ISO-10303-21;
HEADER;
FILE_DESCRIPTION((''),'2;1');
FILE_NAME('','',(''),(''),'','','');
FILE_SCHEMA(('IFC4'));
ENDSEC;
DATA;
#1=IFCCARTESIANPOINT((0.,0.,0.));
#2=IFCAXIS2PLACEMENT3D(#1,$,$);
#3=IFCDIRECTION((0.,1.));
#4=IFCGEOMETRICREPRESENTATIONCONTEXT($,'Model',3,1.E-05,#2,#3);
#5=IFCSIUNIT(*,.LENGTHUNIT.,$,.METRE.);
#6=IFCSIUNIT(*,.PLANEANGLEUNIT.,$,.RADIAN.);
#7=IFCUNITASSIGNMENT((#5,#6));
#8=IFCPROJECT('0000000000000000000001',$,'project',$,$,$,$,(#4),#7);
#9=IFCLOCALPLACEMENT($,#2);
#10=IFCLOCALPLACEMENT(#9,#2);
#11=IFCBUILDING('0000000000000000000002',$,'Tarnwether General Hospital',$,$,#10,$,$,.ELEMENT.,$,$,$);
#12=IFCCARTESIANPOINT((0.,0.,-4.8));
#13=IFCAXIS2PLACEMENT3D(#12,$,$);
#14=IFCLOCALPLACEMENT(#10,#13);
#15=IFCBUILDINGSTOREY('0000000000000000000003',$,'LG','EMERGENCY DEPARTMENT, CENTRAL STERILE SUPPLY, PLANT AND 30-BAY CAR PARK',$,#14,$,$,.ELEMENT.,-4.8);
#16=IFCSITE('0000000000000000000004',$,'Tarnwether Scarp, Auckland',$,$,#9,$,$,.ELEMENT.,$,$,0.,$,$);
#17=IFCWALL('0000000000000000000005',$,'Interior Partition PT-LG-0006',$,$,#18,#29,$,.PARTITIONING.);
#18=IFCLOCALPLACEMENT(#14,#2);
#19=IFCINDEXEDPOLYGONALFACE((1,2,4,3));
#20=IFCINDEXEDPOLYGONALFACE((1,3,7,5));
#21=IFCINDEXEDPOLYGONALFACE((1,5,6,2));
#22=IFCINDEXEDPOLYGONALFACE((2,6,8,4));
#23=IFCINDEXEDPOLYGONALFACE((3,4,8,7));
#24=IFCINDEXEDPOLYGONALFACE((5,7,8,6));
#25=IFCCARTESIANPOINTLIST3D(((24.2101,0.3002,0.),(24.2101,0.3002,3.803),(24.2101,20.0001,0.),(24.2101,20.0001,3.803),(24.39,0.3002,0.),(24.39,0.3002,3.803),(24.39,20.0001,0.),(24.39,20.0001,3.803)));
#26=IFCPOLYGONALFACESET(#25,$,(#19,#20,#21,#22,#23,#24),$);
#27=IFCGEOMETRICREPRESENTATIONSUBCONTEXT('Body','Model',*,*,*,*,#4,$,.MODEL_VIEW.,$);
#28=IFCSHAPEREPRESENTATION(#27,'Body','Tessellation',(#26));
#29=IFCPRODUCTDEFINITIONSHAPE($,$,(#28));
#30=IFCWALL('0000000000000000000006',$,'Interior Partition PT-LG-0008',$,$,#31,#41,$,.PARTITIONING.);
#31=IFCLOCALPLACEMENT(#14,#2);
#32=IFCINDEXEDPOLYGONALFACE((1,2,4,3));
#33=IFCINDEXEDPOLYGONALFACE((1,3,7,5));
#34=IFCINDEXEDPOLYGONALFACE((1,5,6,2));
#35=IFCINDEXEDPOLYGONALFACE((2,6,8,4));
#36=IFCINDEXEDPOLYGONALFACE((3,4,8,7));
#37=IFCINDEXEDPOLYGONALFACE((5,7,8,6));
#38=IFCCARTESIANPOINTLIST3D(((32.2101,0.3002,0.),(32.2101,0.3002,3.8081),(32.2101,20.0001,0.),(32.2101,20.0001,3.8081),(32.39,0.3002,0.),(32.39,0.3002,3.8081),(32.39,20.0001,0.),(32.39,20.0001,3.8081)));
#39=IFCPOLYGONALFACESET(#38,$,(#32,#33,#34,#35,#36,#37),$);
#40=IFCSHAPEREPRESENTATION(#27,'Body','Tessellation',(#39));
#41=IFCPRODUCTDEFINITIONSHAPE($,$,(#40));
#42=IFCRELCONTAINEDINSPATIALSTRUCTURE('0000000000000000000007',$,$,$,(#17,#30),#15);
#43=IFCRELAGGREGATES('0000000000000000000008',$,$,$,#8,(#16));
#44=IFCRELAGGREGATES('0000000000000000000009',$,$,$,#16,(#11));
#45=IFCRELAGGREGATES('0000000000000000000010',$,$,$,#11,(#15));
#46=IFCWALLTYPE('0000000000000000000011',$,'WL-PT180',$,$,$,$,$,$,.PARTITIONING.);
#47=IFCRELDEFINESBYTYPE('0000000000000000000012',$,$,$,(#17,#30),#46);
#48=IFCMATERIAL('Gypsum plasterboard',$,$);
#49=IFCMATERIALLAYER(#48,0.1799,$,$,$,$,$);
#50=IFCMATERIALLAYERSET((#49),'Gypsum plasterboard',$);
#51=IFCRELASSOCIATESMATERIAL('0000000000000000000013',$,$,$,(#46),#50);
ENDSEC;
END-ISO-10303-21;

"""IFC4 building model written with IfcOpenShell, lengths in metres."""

from ifc_helpers import new_model, si_unit, direction, frame, frame_2d, origin, place, context, subcontext, project, spatial, rectangle, extrude, material, layer, layer_set, type_object, element, save


model = new_model("IFC4")

# Units and contexts
model_context = context("Model", 3, precision=1e-05, world=origin(), true_north=direction((0.0, 1.0)))
body_context = subcontext(model_context, "Body", "Model", "MODEL_VIEW")
ifc_project = project(units=[si_unit("LENGTHUNIT", "METRE"), si_unit("PLANEANGLEUNIT", "RADIAN")], contexts=[model_context])

# Site, building, storey
site_placement = place(None, origin())
site = spatial("IfcSite", under=ifc_project, at=site_placement, Name="Tarnwether Scarp, Auckland", CompositionType="ELEMENT", RefElevation=0.0)
building_placement = place(site_placement, origin())
building = spatial("IfcBuilding", under=site, at=building_placement, Name="Tarnwether General Hospital", CompositionType="ELEMENT")
storey_placement = place(building_placement, frame((0.0, 0.0, -4.8)))
storey = spatial("IfcBuildingStorey", under=building, at=storey_placement, Name="LG", Description="EMERGENCY DEPARTMENT, CENTRAL STERILE SUPPLY, PLANT AND 30-BAY CAR PARK", CompositionType="ELEMENT", Elevation=-4.8)

# Walls
ifc_material_1 = material(Name="Gypsum plasterboard")
ifc_layer_1 = layer(ifc_material_1, 0.1799)
ifc_layer_set_1 = layer_set([ifc_layer_1], Name="Gypsum plasterboard")
wall_type = type_object("IfcWallType", Name="WL-PT180", PredefinedType="PARTITIONING", material=ifc_layer_set_1)
wall_1_placement = place(storey_placement, frame((24.3, 0.3, 0.0), z_axis=(0.0, 0.0, 1.0), x_axis=(0.0, 1.0, 0.0)))
element("IfcWall", 1, at=wall_1_placement, inside=storey, type_object=wall_type, Name="Interior Partition PT-LG-0006", PredefinedType="PARTITIONING", context=body_context, shape_type="SweptSolid", body=[
    extrude(rectangle(XDim=19.7, YDim=0.1799, at=frame_2d((9.8501, 0.0))), origin(), (0.0, 0.0, 1.0), 3.803),
])
wall_2_placement = place(storey_placement, frame((32.3, 0.3, 0.0), z_axis=(0.0, 0.0, 1.0), x_axis=(0.0, 1.0, 0.0)))
element("IfcWall", 2, at=wall_2_placement, inside=storey, type_object=wall_type, Name="Interior Partition PT-LG-0008", PredefinedType="PARTITIONING", context=body_context, shape_type="SweptSolid", body=[
    extrude(rectangle(XDim=19.7, YDim=0.1799, at=frame_2d((9.8501, 0.0))), origin(), (0.0, 0.0, 1.0), 3.8081),
])

save(model, "model.ifc")
